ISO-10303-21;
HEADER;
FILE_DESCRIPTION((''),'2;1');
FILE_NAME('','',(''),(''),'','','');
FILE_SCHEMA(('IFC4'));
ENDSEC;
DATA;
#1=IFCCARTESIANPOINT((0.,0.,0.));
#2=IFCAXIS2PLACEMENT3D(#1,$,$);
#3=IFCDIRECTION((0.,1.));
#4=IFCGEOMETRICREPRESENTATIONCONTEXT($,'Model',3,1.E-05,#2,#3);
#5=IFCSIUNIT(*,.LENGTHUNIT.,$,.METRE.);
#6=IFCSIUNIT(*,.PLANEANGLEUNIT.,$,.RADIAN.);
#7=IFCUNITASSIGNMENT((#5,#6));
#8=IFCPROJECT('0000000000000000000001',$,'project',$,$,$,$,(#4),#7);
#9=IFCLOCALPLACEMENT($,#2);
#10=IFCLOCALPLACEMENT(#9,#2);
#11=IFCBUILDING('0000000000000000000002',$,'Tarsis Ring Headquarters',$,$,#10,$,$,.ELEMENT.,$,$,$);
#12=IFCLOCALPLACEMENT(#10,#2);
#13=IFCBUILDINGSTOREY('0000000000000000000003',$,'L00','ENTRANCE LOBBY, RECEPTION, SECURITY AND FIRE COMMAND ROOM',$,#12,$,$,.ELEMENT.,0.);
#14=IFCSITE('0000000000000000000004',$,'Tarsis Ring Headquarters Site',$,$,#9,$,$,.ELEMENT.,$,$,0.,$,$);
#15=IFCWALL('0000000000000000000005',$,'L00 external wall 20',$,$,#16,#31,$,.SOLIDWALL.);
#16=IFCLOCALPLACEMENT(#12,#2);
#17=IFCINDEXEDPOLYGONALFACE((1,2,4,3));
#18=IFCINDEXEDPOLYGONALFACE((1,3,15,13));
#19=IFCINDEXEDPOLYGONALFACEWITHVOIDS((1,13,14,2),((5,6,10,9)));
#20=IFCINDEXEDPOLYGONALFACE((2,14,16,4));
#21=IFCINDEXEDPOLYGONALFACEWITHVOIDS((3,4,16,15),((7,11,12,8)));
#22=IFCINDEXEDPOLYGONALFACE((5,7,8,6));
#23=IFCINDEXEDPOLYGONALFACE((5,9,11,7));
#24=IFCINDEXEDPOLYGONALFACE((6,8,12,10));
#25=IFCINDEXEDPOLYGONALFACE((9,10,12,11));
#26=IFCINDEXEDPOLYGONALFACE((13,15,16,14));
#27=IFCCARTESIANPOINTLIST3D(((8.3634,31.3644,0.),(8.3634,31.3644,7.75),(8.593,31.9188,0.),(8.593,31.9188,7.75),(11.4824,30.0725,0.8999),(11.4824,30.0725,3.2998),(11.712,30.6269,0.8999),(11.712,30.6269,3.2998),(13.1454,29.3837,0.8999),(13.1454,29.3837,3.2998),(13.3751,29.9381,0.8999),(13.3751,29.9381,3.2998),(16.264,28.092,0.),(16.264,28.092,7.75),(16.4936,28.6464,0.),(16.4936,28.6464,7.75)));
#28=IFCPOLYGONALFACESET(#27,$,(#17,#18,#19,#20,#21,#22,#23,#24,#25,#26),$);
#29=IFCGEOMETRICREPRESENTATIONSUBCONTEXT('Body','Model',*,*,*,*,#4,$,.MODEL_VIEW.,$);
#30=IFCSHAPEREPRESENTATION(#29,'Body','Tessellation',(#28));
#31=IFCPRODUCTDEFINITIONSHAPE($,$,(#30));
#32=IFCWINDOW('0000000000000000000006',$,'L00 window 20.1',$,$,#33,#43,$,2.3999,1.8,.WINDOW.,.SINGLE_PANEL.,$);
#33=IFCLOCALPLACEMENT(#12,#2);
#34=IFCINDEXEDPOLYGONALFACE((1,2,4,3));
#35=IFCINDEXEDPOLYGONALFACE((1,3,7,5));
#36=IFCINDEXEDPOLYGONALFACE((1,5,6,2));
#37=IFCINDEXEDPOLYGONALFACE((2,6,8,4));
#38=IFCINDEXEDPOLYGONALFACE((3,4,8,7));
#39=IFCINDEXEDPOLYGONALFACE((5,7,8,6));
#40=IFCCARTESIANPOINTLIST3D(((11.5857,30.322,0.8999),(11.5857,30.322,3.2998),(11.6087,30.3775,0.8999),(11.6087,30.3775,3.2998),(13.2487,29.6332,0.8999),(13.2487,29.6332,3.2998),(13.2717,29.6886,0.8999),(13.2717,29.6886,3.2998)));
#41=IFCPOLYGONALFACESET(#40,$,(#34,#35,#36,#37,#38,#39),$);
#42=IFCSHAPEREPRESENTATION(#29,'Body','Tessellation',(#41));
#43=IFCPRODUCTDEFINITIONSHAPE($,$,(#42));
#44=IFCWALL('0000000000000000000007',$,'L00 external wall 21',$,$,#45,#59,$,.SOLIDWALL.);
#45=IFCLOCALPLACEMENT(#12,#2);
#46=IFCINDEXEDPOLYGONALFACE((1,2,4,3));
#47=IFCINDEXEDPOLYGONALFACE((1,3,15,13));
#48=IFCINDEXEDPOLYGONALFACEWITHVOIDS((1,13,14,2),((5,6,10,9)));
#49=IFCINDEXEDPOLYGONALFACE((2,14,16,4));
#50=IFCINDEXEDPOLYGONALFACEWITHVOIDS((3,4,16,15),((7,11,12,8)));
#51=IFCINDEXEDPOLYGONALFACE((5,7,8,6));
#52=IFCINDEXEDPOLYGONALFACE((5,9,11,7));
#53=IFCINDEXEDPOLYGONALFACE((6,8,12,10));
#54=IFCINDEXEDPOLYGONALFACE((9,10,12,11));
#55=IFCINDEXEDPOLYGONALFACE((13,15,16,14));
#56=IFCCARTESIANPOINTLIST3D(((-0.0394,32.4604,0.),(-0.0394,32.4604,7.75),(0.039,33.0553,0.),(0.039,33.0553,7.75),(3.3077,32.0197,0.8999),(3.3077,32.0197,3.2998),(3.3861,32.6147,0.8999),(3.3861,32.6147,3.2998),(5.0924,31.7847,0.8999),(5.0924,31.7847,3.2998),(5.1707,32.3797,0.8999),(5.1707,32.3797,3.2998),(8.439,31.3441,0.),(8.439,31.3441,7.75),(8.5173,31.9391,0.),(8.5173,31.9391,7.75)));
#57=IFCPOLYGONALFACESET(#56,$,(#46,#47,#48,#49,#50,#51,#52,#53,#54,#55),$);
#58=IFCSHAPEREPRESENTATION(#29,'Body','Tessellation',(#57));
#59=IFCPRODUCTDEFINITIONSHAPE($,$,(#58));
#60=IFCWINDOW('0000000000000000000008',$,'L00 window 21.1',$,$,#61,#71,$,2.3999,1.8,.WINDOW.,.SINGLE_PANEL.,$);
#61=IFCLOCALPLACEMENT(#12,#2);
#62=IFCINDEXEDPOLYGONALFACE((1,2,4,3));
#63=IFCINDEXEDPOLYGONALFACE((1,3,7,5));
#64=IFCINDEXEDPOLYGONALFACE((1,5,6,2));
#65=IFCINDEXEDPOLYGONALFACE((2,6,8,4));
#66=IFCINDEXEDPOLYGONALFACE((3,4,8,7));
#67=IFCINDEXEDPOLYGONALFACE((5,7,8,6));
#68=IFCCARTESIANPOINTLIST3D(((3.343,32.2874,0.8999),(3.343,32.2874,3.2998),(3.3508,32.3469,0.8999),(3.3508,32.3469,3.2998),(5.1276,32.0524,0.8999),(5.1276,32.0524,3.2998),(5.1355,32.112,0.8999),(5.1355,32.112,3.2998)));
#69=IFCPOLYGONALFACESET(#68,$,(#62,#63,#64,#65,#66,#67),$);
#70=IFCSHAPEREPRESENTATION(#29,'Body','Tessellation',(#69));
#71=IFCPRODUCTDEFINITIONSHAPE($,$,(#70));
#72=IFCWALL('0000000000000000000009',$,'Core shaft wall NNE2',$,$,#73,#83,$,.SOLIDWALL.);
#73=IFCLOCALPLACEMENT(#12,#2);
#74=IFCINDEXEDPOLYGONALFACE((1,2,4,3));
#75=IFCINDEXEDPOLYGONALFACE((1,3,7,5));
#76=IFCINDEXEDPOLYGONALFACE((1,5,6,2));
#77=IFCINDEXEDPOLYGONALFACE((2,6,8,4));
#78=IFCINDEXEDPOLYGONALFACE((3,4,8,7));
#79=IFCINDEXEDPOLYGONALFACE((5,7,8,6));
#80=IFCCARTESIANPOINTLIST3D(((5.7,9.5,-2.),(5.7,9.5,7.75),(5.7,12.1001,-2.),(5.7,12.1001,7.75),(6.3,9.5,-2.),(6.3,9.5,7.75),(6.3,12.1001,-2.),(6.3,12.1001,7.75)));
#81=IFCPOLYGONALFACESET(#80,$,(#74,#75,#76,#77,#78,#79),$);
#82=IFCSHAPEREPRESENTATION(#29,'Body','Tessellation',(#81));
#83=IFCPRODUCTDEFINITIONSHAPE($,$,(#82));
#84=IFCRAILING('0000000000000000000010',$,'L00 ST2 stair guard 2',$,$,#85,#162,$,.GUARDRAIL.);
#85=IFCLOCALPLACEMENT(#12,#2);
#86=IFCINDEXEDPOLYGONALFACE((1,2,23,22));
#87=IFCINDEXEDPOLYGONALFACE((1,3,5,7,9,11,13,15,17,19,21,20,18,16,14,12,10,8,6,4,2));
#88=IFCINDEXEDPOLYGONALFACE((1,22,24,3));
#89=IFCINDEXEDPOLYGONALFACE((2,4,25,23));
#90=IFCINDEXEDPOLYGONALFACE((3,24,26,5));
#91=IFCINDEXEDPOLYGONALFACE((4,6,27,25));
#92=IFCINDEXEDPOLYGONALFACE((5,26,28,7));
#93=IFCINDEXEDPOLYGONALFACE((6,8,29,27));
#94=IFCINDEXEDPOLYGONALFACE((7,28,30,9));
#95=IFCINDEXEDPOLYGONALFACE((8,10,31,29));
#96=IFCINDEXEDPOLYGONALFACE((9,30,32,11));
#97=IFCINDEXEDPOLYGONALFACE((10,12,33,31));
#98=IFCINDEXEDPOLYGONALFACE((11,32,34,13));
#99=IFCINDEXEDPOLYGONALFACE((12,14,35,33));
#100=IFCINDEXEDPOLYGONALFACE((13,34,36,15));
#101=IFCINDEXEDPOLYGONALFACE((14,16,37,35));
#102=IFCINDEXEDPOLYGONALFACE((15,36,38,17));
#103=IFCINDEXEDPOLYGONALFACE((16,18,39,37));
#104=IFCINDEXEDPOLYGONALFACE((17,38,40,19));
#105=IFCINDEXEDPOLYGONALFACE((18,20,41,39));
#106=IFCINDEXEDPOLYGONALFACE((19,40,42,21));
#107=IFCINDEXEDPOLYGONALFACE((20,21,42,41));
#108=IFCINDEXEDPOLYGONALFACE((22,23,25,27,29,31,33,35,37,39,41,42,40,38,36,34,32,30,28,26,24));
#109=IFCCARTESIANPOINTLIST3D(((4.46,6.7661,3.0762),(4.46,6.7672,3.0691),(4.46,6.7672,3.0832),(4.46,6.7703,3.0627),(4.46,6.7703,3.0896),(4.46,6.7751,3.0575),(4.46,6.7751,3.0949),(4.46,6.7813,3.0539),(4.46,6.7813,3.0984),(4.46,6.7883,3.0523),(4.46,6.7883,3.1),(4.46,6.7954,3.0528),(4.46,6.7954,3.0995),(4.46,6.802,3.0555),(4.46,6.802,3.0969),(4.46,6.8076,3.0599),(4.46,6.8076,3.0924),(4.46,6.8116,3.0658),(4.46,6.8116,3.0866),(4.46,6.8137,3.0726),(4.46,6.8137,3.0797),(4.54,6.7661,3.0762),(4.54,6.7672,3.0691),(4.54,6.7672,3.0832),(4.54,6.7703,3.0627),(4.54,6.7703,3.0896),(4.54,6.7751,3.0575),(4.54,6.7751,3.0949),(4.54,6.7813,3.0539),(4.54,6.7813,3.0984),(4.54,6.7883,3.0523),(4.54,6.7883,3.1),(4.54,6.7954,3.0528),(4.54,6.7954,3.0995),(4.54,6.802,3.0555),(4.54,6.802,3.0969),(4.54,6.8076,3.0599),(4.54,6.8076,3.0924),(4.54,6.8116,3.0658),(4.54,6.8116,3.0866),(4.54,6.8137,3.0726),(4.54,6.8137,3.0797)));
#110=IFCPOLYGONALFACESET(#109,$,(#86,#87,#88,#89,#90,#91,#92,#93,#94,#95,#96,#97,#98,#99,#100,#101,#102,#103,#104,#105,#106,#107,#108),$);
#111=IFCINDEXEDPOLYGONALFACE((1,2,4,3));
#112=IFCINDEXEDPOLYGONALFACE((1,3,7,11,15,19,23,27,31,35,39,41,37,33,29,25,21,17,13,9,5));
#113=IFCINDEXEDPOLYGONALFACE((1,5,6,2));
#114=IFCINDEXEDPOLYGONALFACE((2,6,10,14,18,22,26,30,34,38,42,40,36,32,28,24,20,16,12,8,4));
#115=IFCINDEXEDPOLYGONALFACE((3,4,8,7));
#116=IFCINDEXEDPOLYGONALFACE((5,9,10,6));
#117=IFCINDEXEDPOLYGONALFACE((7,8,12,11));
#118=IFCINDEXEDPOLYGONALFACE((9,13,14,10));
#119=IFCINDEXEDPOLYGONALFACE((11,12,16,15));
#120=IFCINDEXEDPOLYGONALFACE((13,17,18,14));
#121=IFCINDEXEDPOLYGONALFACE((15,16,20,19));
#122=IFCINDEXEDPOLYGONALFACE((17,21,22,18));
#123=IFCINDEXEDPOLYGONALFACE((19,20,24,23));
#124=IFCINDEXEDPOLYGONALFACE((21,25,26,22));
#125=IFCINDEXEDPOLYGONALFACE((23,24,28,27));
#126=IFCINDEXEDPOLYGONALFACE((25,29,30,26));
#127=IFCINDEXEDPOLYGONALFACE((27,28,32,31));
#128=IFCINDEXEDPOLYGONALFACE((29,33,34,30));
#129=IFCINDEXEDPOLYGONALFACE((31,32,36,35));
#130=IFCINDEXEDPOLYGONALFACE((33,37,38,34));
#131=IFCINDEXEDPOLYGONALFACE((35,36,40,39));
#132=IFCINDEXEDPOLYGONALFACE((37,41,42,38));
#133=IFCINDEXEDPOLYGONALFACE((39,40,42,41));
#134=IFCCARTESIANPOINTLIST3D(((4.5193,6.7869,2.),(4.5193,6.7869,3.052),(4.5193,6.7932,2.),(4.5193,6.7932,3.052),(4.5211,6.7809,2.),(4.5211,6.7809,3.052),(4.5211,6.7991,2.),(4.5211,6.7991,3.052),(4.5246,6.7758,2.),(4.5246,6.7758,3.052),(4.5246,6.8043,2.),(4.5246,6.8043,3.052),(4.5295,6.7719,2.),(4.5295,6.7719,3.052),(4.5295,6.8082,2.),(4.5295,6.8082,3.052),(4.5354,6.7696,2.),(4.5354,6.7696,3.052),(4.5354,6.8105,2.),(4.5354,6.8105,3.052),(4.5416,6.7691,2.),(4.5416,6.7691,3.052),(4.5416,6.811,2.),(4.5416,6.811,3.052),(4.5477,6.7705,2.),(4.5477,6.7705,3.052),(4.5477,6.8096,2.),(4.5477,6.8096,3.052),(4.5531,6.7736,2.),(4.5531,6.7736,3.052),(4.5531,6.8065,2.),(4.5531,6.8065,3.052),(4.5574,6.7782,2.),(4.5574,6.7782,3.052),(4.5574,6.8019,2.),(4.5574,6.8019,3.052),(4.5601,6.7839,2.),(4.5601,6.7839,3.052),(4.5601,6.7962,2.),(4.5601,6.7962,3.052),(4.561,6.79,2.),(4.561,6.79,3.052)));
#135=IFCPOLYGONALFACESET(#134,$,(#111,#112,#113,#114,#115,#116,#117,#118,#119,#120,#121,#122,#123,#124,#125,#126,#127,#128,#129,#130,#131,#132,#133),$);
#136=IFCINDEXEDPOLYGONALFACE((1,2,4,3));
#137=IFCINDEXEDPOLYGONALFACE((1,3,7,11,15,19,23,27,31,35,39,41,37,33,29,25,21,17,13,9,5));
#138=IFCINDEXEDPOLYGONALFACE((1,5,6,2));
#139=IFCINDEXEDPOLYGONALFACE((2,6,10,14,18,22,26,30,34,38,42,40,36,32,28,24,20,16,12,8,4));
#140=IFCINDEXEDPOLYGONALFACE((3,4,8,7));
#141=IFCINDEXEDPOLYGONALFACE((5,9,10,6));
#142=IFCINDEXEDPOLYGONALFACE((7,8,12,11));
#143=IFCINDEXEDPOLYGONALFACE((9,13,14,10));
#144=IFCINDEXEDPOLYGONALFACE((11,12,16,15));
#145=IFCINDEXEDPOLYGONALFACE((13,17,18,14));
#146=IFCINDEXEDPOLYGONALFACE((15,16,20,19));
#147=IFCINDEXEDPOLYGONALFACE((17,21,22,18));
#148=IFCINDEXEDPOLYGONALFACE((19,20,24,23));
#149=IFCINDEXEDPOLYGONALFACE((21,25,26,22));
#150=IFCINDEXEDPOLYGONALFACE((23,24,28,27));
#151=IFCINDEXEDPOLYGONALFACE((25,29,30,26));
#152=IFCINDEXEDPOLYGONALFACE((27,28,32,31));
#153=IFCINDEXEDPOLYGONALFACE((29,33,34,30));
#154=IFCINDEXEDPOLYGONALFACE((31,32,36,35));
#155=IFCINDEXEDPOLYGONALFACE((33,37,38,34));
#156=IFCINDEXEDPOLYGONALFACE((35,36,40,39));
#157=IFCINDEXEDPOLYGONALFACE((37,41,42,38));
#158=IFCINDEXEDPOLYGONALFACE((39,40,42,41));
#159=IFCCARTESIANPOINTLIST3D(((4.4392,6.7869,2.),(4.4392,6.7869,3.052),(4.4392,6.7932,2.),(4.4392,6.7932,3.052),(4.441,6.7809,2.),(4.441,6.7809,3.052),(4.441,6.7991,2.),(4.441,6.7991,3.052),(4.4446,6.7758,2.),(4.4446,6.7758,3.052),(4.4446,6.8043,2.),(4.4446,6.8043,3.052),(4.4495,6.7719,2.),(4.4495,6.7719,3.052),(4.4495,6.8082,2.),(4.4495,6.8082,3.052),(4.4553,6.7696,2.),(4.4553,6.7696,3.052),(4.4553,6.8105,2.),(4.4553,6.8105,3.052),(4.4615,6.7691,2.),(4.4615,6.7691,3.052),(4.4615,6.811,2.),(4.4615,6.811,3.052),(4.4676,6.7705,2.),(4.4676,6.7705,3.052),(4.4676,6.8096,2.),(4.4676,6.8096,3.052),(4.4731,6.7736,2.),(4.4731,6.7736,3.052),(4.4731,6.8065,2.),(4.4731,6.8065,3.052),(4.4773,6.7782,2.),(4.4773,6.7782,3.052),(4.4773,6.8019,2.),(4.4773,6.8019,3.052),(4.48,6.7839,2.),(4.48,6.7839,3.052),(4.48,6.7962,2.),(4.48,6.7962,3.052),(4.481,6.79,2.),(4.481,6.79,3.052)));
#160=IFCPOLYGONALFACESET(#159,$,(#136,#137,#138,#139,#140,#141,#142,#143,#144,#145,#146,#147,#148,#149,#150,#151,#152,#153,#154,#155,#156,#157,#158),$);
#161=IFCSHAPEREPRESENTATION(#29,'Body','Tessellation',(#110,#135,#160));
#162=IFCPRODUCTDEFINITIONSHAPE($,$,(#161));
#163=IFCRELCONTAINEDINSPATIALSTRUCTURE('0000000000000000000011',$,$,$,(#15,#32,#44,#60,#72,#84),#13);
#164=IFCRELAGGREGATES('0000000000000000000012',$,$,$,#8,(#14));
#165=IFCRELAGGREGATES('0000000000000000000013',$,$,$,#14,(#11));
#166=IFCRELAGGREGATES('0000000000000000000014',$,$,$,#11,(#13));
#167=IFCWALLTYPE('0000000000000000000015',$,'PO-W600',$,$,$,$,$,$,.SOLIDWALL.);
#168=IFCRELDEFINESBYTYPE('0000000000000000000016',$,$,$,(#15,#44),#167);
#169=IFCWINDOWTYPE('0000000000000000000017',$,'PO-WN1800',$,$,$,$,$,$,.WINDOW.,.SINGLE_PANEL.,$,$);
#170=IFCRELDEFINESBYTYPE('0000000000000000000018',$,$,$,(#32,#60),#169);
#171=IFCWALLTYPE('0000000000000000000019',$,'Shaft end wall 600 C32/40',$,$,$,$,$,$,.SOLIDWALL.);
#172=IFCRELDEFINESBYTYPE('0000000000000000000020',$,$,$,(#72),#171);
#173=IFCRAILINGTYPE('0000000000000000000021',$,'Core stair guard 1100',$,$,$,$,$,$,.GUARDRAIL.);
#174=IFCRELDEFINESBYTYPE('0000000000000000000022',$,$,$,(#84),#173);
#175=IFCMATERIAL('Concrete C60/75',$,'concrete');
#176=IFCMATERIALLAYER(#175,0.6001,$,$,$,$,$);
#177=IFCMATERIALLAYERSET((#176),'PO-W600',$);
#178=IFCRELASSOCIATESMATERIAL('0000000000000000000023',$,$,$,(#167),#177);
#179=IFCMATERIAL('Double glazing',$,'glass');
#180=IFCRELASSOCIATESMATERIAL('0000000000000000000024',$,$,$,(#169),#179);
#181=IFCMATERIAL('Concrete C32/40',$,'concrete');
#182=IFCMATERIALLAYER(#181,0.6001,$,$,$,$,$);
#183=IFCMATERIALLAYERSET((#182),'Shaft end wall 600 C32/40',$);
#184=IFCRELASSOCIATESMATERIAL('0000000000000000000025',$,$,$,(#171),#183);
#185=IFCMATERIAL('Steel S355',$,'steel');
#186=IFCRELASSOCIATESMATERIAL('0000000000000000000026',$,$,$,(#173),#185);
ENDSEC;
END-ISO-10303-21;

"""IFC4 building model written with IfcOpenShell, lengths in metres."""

from ifc_helpers import new_model, si_unit, direction, frame, frame_2d, origin, origin_2d, place, context, subcontext, project, spatial, rectangle, circle, extrude, material, layer, layer_set, type_object, element, fill, save


model = new_model("IFC4")

# Units and contexts
model_context = context("Model", 3, precision=1e-05, world=origin(), true_north=direction((0.0, 1.0)))
body_context = subcontext(model_context, "Body", "Model", "MODEL_VIEW")
ifc_project = project(units=[si_unit("LENGTHUNIT", "METRE"), si_unit("PLANEANGLEUNIT", "RADIAN")], contexts=[model_context])

# Site, building, storey
site_placement = place(None, origin())
site = spatial("IfcSite", under=ifc_project, at=site_placement, Name="Tarsis Ring Headquarters Site", CompositionType="ELEMENT", RefElevation=0.0)
building_placement = place(site_placement, origin())
building = spatial("IfcBuilding", under=site, at=building_placement, Name="Tarsis Ring Headquarters", CompositionType="ELEMENT")
storey_placement = place(building_placement, origin())
storey = spatial("IfcBuildingStorey", under=building, at=storey_placement, Name="L00", Description="ENTRANCE LOBBY, RECEPTION, SECURITY AND FIRE COMMAND ROOM", CompositionType="ELEMENT", Elevation=0.0)

# Shared definitions
ifc_material_1 = material(Name="Concrete C60/75", Category="concrete")

# Walls, openings, windows
ifc_layer_1 = layer(ifc_material_1, 0.6001)
ifc_layer_set_1 = layer_set([ifc_layer_1], Name="PO-W600")
wall_type_1 = type_object("IfcWallType", Name="PO-W600", PredefinedType="SOLIDWALL", material=ifc_layer_set_1)
wall_1_placement = place(storey_placement, frame((16.3789, 28.3691, 0.0), z_axis=(0.0, 0.0, 1.0), x_axis=(-0.923883, 0.382675, 0.0)))
wall_1 = element("IfcWall", 1, at=wall_1_placement, inside=storey, type_object=wall_type_1, Name="L00 external wall 20", PredefinedType="SOLIDWALL", context=body_context, shape_type="SweptSolid", body=[
    extrude(rectangle(XDim=8.5515, YDim=0.6001, at=frame_2d((4.2759, 0.0))), origin(), (0.0, 0.0, 1.0), 7.75),
])
opening_1_placement = place(wall_1_placement, frame((3.3757, 0.0, 0.8999)))
opening_1 = element("IfcOpeningElement", 2, at=opening_1_placement, cuts=wall_1, PredefinedType="OPENING", context=body_context, shape_type="SweptSolid", body=[
    extrude(rectangle(XDim=1.8, YDim=2.3999, at=frame_2d((0.8999, 1.2))), frame((0.0, 0.3101, 0.0), z_axis=(0.0, -1.0, 0.0), x_axis=(1.0, 0.0, 0.0)), (0.0, 0.0, 1.0), 0.6201),
])
ifc_material_2 = material(Name="Double glazing", Category="glass")
window_type = type_object("IfcWindowType", Name="PO-WN1800", PartitioningType="SINGLE_PANEL", PredefinedType="WINDOW", material=ifc_material_2)
window_1_placement = place(opening_1_placement, origin())
window_1 = element("IfcWindow", 3, at=window_1_placement, inside=storey, type_object=window_type, Name="L00 window 20.1", OverallHeight=2.3999, OverallWidth=1.8, PartitioningType="SINGLE_PANEL", PredefinedType="WINDOW", context=body_context, shape_type="SweptSolid", body=[
    extrude(rectangle(XDim=1.8, YDim=2.3999, at=frame_2d((0.8999, 1.2))), frame((0.0, 0.03, 0.0), z_axis=(0.0, -1.0, 0.0), x_axis=(1.0, 0.0, 0.0)), (0.0, 0.0, 1.0), 0.0601),
])
fill(opening_1, window_1)
wall_2_placement = place(storey_placement, frame((8.4783, 31.6416, 0.0), z_axis=(0.0, 0.0, 1.0), x_axis=(-0.991444, 0.130529, 0.0)))
wall_2 = element("IfcWall", 4, at=wall_2_placement, inside=storey, type_object=wall_type_1, Name="L00 external wall 21", PredefinedType="SOLIDWALL", context=body_context, shape_type="SweptSolid", body=[
    extrude(rectangle(XDim=8.5515, YDim=0.6001, at=frame_2d((4.2759, 0.0))), origin(), (0.0, 0.0, 1.0), 7.75),
])
opening_2_placement = place(wall_2_placement, frame((3.3757, 0.0, 0.8999)))
opening_2 = element("IfcOpeningElement", 5, at=opening_2_placement, cuts=wall_2, PredefinedType="OPENING", context=body_context, shape_type="SweptSolid", body=[
    extrude(rectangle(XDim=1.8, YDim=2.3999, at=frame_2d((0.8999, 1.2))), frame((0.0, 0.3101, 0.0), z_axis=(0.0, -1.0, 0.0), x_axis=(1.0, 0.0, 0.0)), (0.0, 0.0, 1.0), 0.6201),
])
window_2_placement = place(opening_2_placement, origin())
window_2 = element("IfcWindow", 6, at=window_2_placement, inside=storey, type_object=window_type, Name="L00 window 21.1", OverallHeight=2.3999, OverallWidth=1.8, PartitioningType="SINGLE_PANEL", PredefinedType="WINDOW", context=body_context, shape_type="SweptSolid", body=[
    extrude(rectangle(XDim=1.8, YDim=2.3999, at=frame_2d((0.8999, 1.2))), frame((0.0, 0.03, 0.0), z_axis=(0.0, -1.0, 0.0), x_axis=(1.0, 0.0, 0.0)), (0.0, 0.0, 1.0), 0.0601),
])
fill(opening_2, window_2)

# Wall
ifc_material_3 = material(Name="Concrete C32/40", Category="concrete")
ifc_layer_2 = layer(ifc_material_3, 0.6001)
ifc_layer_set_2 = layer_set([ifc_layer_2], Name="Shaft end wall 600 C32/40")
wall_type_2 = type_object("IfcWallType", Name="Shaft end wall 600 C32/40", PredefinedType="SOLIDWALL", material=ifc_layer_set_2)
wall_3_placement = place(storey_placement, frame((6.0, 9.5, -2.0), z_axis=(0.0, 0.0, 1.0), x_axis=(0.0, 1.0, 0.0)))
element("IfcWall", 7, at=wall_3_placement, inside=storey, type_object=wall_type_2, Name="Core shaft wall NNE2", PredefinedType="SOLIDWALL", context=body_context, shape_type="SweptSolid", body=[
    extrude(rectangle(XDim=2.6001, YDim=0.6001, at=frame_2d((1.3, 0.0))), origin(), (0.0, 0.0, 1.0), 9.75),
])

# Railing
ifc_material_4 = material(Name="Steel S355", Category="steel")
railing_type = type_object("IfcRailingType", Name="Core stair guard 1100", PredefinedType="GUARDRAIL", material=ifc_material_4)
for number, where, name in (
    (8, (4.54, 6.79, 2.0), "L00 ST2 stair guard 2"),
):
    element("IfcRailing", number, at=place(storey_placement, frame(where)), inside=storey, type_object=railing_type, Name=name, PredefinedType="GUARDRAIL", context=body_context, shape_type="SweptSolid", body=[
        extrude(circle(Radius=0.0239, at=origin_2d()), frame((0.0, 0.0, 1.0762), z_axis=(-1.0, 0.0, 0.0), x_axis=(0.0, -1.0, 0.0)), (0.0, 0.0, 1.0), 0.0801),
        extrude(circle(Radius=0.021, at=origin_2d()), origin(), (0.0, 0.0, 1.0), 1.052),
        extrude(circle(Radius=0.021, at=origin_2d()), frame((-0.0801, 0.0, 0.0)), (0.0, 0.0, 1.0), 1.052),
    ])

save(model, "model.ifc")
